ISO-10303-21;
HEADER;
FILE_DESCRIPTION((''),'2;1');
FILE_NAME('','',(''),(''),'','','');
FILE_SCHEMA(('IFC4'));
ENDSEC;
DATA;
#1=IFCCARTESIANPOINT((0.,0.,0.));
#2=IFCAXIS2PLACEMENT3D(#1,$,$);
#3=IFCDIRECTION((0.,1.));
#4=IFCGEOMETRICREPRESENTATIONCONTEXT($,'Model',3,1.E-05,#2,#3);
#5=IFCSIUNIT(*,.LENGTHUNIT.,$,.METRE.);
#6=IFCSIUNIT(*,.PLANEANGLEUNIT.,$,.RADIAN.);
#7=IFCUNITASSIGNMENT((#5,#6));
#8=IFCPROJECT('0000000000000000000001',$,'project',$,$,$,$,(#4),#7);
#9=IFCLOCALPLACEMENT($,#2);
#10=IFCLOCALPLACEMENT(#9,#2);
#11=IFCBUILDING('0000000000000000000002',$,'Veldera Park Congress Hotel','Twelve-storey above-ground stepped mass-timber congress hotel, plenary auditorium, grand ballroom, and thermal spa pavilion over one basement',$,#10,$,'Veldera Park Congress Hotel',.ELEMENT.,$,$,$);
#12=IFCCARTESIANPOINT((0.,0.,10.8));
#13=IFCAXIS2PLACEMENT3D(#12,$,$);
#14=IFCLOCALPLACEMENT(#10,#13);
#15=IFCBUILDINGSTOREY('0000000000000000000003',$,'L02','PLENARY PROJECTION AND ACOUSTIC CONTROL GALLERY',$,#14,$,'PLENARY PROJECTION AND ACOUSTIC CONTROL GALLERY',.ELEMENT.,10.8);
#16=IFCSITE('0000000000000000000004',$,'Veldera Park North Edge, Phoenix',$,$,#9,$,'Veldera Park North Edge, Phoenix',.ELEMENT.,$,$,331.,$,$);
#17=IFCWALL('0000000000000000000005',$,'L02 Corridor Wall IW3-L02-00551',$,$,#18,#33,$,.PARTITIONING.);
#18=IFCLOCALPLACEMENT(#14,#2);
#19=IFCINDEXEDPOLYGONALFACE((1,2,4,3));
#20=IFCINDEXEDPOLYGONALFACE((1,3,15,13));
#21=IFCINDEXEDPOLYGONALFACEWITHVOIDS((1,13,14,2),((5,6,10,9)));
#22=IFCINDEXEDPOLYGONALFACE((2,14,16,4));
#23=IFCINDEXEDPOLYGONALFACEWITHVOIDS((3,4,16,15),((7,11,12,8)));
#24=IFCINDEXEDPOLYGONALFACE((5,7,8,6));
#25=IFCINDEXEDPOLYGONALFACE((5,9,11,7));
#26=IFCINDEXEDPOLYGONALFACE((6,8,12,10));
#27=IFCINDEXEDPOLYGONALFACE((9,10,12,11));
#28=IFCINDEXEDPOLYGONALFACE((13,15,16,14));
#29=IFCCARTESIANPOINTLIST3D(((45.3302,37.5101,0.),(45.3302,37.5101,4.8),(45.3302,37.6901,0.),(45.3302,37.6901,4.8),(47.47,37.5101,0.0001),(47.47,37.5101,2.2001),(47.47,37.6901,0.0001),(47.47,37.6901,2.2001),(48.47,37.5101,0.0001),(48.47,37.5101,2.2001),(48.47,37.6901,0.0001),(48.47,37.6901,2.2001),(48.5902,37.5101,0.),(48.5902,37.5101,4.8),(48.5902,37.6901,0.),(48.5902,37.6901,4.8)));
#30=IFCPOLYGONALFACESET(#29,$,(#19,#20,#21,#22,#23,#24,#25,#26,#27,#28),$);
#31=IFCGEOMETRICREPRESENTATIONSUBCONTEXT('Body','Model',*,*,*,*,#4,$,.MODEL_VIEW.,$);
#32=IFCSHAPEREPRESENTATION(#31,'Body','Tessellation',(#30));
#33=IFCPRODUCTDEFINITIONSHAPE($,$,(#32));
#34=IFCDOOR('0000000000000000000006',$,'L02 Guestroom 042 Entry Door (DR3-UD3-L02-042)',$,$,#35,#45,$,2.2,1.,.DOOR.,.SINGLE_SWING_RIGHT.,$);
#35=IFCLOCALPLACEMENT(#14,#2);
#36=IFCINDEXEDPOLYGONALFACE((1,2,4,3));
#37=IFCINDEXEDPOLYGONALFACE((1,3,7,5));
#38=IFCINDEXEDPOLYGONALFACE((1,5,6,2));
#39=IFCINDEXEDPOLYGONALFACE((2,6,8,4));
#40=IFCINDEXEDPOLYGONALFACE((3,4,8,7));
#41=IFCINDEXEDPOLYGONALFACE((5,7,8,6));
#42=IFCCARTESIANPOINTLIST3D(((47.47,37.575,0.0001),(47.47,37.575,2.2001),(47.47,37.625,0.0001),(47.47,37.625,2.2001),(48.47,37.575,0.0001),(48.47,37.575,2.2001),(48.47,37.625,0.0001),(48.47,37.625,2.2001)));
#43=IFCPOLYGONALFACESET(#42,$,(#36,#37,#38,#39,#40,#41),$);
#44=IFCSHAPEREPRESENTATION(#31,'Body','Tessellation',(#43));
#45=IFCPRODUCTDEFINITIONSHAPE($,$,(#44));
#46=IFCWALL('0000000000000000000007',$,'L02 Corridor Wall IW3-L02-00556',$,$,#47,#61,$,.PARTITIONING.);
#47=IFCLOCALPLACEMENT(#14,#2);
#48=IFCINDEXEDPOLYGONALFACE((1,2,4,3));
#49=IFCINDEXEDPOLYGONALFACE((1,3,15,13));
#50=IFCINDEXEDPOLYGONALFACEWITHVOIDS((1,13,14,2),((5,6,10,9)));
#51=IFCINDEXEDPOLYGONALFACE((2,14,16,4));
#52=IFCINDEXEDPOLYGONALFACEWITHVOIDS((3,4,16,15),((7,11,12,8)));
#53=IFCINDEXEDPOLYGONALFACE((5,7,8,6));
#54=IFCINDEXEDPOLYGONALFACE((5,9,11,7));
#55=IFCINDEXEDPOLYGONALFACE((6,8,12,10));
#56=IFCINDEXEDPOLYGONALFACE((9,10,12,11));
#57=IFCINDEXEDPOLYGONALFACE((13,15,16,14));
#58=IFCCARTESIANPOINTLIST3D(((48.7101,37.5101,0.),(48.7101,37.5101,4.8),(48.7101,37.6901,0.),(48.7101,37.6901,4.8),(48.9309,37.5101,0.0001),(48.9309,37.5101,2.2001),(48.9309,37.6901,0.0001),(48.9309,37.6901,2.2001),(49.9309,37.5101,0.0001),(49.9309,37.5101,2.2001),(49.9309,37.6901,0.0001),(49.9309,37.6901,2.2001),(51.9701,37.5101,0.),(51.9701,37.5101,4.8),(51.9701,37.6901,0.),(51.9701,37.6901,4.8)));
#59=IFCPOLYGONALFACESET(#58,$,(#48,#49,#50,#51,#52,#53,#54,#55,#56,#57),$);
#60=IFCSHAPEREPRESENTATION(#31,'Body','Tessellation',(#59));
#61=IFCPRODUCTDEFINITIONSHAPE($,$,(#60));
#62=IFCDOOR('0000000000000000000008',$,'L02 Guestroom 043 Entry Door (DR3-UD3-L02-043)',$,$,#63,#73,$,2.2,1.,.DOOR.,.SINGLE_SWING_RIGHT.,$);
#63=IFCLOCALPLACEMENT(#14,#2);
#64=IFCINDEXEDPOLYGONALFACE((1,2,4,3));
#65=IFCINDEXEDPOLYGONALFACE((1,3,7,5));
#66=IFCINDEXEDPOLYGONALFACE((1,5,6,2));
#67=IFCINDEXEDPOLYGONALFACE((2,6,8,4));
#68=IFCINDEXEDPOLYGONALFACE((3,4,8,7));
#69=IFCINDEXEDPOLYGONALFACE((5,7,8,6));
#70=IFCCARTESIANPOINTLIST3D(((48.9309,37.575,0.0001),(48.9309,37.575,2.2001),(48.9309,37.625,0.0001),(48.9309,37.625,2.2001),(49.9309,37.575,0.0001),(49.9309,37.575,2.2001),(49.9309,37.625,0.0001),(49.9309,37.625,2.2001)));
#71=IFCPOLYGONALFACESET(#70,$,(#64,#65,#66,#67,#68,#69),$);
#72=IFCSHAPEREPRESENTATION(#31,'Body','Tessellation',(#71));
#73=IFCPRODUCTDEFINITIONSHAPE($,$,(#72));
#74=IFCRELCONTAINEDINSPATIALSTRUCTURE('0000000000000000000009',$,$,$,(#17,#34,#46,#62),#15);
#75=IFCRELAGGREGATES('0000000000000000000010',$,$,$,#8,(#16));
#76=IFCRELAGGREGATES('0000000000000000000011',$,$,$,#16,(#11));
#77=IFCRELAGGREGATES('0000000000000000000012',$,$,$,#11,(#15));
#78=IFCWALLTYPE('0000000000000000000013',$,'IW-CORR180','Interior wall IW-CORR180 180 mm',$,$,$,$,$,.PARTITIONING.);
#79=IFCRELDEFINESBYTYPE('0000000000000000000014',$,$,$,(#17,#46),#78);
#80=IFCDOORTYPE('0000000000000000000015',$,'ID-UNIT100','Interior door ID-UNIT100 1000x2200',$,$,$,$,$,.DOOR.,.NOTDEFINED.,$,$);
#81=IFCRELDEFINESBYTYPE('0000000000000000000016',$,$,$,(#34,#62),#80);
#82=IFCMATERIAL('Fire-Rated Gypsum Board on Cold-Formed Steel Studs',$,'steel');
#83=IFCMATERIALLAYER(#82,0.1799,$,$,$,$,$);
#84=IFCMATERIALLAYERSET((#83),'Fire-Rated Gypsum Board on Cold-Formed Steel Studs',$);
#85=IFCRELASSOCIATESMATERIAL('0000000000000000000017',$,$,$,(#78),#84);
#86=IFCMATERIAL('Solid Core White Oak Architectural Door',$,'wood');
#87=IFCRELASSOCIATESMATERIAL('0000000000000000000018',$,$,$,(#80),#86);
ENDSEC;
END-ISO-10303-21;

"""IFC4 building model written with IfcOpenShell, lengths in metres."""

from ifc_helpers import new_model, si_unit, direction, frame, frame_2d, origin, place, context, subcontext, project, spatial, rectangle, extrude, material, layer, layer_set, type_object, element, fill, save


model = new_model("IFC4")

# Units and contexts
model_context = context("Model", 3, precision=1e-05, world=origin(), true_north=direction((0.0, 1.0)))
body_context = subcontext(model_context, "Body", "Model", "MODEL_VIEW")
ifc_project = project(units=[si_unit("LENGTHUNIT", "METRE"), si_unit("PLANEANGLEUNIT", "RADIAN")], contexts=[model_context])

# Site, building, storey
site_placement = place(None, origin())
site = spatial("IfcSite", under=ifc_project, at=site_placement, Name="Veldera Park North Edge, Phoenix", LongName="Veldera Park North Edge, Phoenix", CompositionType="ELEMENT", RefElevation=331.0)
building_placement = place(site_placement, origin())
building = spatial("IfcBuilding", under=site, at=building_placement, Name="Veldera Park Congress Hotel", Description="Twelve-storey above-ground stepped mass-timber congress hotel, plenary auditorium, grand ballroom, and thermal spa pavilion over one basement", LongName="Veldera Park Congress Hotel", CompositionType="ELEMENT")
storey_placement = place(building_placement, frame((0.0, 0.0, 10.8)))
storey = spatial("IfcBuildingStorey", under=building, at=storey_placement, Name="L02", Description="PLENARY PROJECTION AND ACOUSTIC CONTROL GALLERY", LongName="PLENARY PROJECTION AND ACOUSTIC CONTROL GALLERY", CompositionType="ELEMENT", Elevation=10.8)

# Shared definitions
ifc_material_1 = material(Name="Fire-Rated Gypsum Board on Cold-Formed Steel Studs", Category="steel")
ifc_material_2 = material(Name="Solid Core White Oak Architectural Door", Category="wood")

# Walls, openings, doors
ifc_layer_1 = layer(ifc_material_1, 0.1799)
ifc_layer_set_1 = layer_set([ifc_layer_1], Name="Fire-Rated Gypsum Board on Cold-Formed Steel Studs")
wall_type_1 = type_object("IfcWallType", Name="IW-CORR180", Description="Interior wall IW-CORR180 180 mm", PredefinedType="PARTITIONING", material=ifc_layer_set_1)
wall_1_placement = place(storey_placement, frame((48.5901, 37.6001, 0.0), z_axis=(0.0, 0.0, 1.0), x_axis=(-1.0, 0.0, 0.0)))
wall_1 = element("IfcWall", 1, at=wall_1_placement, inside=storey, type_object=wall_type_1, Name="L02 Corridor Wall IW3-L02-00551", PredefinedType="PARTITIONING", context=body_context, shape_type="SweptSolid", body=[
    extrude(rectangle(XDim=3.26, YDim=0.1799, at=frame_2d((1.6299, 0.0))), origin(), (0.0, 0.0, 1.0), 4.8),
])
opening_1_placement = place(wall_1_placement, frame((0.1201, 0.0, 0.0)))
opening_1 = element("IfcOpeningElement", 2, at=opening_1_placement, cuts=wall_1, PredefinedType="OPENING", context=body_context, shape_type="SweptSolid", body=[
    extrude(rectangle(XDim=1.0, YDim=2.2, at=frame_2d((0.5, 1.1001))), frame((0.0, 0.1021, 0.0), z_axis=(0.0, -1.0, 0.0), x_axis=(1.0, 0.0, 0.0)), (0.0, 0.0, 1.0), 0.2039),
])
door_type_1 = type_object("IfcDoorType", Name="ID-UNIT100", Description="Interior door ID-UNIT100 1000x2200", OperationType="NOTDEFINED", PredefinedType="DOOR", material=ifc_material_2)
door_1_placement = place(opening_1_placement, frame((1.0, 0.0, 0.0), z_axis=(0.0, 0.0, 1.0), x_axis=(-1.0, 0.0, 0.0)))
door_1 = element("IfcDoor", 3, at=door_1_placement, inside=storey, type_object=door_type_1, Name="L02 Guestroom 042 Entry Door (DR3-UD3-L02-042)", OperationType="SINGLE_SWING_RIGHT", OverallHeight=2.2, OverallWidth=1.0, PredefinedType="DOOR", context=body_context, shape_type="SweptSolid", body=[
    extrude(rectangle(XDim=1.0, YDim=2.2, at=frame_2d((0.5, 1.1001))), frame((0.0, 0.0249, 0.0), z_axis=(0.0, -1.0, 0.0), x_axis=(1.0, 0.0, 0.0)), (0.0, 0.0, 1.0), 0.05),
])
fill(opening_1, door_1)
wall_2_placement = place(storey_placement, frame((51.97, 37.6001, 0.0), z_axis=(0.0, 0.0, 1.0), x_axis=(-1.0, 0.0, 0.0)))
wall_2 = element("IfcWall", 4, at=wall_2_placement, inside=storey, type_object=wall_type_1, Name="L02 Corridor Wall IW3-L02-00556", PredefinedType="PARTITIONING", context=body_context, shape_type="SweptSolid", body=[
    extrude(rectangle(XDim=3.26, YDim=0.1799, at=frame_2d((1.6299, 0.0))), origin(), (0.0, 0.0, 1.0), 4.8),
])
opening_2_placement = place(wall_2_placement, frame((2.0391, 0.0, 0.0)))
opening_2 = element("IfcOpeningElement", 5, at=opening_2_placement, cuts=wall_2, PredefinedType="OPENING", context=body_context, shape_type="SweptSolid", body=[
    extrude(rectangle(XDim=1.0, YDim=2.2, at=frame_2d((0.5, 1.1001))), frame((0.0, 0.1021, 0.0), z_axis=(0.0, -1.0, 0.0), x_axis=(1.0, 0.0, 0.0)), (0.0, 0.0, 1.0), 0.2039),
])
door_2_placement = place(opening_2_placement, frame((1.0, 0.0, 0.0), z_axis=(0.0, 0.0, 1.0), x_axis=(-1.0, 0.0, 0.0)))
door_2 = element("IfcDoor", 6, at=door_2_placement, inside=storey, type_object=door_type_1, Name="L02 Guestroom 043 Entry Door (DR3-UD3-L02-043)", OperationType="SINGLE_SWING_RIGHT", OverallHeight=2.2, OverallWidth=1.0, PredefinedType="DOOR", context=body_context, shape_type="SweptSolid", body=[
    extrude(rectangle(XDim=1.0, YDim=2.2, at=frame_2d((0.5, 1.1001))), frame((0.0, 0.0249, 0.0), z_axis=(0.0, -1.0, 0.0), x_axis=(1.0, 0.0, 0.0)), (0.0, 0.0, 1.0), 0.05),
])
fill(opening_2, door_2)

save(model, "model.ifc")
